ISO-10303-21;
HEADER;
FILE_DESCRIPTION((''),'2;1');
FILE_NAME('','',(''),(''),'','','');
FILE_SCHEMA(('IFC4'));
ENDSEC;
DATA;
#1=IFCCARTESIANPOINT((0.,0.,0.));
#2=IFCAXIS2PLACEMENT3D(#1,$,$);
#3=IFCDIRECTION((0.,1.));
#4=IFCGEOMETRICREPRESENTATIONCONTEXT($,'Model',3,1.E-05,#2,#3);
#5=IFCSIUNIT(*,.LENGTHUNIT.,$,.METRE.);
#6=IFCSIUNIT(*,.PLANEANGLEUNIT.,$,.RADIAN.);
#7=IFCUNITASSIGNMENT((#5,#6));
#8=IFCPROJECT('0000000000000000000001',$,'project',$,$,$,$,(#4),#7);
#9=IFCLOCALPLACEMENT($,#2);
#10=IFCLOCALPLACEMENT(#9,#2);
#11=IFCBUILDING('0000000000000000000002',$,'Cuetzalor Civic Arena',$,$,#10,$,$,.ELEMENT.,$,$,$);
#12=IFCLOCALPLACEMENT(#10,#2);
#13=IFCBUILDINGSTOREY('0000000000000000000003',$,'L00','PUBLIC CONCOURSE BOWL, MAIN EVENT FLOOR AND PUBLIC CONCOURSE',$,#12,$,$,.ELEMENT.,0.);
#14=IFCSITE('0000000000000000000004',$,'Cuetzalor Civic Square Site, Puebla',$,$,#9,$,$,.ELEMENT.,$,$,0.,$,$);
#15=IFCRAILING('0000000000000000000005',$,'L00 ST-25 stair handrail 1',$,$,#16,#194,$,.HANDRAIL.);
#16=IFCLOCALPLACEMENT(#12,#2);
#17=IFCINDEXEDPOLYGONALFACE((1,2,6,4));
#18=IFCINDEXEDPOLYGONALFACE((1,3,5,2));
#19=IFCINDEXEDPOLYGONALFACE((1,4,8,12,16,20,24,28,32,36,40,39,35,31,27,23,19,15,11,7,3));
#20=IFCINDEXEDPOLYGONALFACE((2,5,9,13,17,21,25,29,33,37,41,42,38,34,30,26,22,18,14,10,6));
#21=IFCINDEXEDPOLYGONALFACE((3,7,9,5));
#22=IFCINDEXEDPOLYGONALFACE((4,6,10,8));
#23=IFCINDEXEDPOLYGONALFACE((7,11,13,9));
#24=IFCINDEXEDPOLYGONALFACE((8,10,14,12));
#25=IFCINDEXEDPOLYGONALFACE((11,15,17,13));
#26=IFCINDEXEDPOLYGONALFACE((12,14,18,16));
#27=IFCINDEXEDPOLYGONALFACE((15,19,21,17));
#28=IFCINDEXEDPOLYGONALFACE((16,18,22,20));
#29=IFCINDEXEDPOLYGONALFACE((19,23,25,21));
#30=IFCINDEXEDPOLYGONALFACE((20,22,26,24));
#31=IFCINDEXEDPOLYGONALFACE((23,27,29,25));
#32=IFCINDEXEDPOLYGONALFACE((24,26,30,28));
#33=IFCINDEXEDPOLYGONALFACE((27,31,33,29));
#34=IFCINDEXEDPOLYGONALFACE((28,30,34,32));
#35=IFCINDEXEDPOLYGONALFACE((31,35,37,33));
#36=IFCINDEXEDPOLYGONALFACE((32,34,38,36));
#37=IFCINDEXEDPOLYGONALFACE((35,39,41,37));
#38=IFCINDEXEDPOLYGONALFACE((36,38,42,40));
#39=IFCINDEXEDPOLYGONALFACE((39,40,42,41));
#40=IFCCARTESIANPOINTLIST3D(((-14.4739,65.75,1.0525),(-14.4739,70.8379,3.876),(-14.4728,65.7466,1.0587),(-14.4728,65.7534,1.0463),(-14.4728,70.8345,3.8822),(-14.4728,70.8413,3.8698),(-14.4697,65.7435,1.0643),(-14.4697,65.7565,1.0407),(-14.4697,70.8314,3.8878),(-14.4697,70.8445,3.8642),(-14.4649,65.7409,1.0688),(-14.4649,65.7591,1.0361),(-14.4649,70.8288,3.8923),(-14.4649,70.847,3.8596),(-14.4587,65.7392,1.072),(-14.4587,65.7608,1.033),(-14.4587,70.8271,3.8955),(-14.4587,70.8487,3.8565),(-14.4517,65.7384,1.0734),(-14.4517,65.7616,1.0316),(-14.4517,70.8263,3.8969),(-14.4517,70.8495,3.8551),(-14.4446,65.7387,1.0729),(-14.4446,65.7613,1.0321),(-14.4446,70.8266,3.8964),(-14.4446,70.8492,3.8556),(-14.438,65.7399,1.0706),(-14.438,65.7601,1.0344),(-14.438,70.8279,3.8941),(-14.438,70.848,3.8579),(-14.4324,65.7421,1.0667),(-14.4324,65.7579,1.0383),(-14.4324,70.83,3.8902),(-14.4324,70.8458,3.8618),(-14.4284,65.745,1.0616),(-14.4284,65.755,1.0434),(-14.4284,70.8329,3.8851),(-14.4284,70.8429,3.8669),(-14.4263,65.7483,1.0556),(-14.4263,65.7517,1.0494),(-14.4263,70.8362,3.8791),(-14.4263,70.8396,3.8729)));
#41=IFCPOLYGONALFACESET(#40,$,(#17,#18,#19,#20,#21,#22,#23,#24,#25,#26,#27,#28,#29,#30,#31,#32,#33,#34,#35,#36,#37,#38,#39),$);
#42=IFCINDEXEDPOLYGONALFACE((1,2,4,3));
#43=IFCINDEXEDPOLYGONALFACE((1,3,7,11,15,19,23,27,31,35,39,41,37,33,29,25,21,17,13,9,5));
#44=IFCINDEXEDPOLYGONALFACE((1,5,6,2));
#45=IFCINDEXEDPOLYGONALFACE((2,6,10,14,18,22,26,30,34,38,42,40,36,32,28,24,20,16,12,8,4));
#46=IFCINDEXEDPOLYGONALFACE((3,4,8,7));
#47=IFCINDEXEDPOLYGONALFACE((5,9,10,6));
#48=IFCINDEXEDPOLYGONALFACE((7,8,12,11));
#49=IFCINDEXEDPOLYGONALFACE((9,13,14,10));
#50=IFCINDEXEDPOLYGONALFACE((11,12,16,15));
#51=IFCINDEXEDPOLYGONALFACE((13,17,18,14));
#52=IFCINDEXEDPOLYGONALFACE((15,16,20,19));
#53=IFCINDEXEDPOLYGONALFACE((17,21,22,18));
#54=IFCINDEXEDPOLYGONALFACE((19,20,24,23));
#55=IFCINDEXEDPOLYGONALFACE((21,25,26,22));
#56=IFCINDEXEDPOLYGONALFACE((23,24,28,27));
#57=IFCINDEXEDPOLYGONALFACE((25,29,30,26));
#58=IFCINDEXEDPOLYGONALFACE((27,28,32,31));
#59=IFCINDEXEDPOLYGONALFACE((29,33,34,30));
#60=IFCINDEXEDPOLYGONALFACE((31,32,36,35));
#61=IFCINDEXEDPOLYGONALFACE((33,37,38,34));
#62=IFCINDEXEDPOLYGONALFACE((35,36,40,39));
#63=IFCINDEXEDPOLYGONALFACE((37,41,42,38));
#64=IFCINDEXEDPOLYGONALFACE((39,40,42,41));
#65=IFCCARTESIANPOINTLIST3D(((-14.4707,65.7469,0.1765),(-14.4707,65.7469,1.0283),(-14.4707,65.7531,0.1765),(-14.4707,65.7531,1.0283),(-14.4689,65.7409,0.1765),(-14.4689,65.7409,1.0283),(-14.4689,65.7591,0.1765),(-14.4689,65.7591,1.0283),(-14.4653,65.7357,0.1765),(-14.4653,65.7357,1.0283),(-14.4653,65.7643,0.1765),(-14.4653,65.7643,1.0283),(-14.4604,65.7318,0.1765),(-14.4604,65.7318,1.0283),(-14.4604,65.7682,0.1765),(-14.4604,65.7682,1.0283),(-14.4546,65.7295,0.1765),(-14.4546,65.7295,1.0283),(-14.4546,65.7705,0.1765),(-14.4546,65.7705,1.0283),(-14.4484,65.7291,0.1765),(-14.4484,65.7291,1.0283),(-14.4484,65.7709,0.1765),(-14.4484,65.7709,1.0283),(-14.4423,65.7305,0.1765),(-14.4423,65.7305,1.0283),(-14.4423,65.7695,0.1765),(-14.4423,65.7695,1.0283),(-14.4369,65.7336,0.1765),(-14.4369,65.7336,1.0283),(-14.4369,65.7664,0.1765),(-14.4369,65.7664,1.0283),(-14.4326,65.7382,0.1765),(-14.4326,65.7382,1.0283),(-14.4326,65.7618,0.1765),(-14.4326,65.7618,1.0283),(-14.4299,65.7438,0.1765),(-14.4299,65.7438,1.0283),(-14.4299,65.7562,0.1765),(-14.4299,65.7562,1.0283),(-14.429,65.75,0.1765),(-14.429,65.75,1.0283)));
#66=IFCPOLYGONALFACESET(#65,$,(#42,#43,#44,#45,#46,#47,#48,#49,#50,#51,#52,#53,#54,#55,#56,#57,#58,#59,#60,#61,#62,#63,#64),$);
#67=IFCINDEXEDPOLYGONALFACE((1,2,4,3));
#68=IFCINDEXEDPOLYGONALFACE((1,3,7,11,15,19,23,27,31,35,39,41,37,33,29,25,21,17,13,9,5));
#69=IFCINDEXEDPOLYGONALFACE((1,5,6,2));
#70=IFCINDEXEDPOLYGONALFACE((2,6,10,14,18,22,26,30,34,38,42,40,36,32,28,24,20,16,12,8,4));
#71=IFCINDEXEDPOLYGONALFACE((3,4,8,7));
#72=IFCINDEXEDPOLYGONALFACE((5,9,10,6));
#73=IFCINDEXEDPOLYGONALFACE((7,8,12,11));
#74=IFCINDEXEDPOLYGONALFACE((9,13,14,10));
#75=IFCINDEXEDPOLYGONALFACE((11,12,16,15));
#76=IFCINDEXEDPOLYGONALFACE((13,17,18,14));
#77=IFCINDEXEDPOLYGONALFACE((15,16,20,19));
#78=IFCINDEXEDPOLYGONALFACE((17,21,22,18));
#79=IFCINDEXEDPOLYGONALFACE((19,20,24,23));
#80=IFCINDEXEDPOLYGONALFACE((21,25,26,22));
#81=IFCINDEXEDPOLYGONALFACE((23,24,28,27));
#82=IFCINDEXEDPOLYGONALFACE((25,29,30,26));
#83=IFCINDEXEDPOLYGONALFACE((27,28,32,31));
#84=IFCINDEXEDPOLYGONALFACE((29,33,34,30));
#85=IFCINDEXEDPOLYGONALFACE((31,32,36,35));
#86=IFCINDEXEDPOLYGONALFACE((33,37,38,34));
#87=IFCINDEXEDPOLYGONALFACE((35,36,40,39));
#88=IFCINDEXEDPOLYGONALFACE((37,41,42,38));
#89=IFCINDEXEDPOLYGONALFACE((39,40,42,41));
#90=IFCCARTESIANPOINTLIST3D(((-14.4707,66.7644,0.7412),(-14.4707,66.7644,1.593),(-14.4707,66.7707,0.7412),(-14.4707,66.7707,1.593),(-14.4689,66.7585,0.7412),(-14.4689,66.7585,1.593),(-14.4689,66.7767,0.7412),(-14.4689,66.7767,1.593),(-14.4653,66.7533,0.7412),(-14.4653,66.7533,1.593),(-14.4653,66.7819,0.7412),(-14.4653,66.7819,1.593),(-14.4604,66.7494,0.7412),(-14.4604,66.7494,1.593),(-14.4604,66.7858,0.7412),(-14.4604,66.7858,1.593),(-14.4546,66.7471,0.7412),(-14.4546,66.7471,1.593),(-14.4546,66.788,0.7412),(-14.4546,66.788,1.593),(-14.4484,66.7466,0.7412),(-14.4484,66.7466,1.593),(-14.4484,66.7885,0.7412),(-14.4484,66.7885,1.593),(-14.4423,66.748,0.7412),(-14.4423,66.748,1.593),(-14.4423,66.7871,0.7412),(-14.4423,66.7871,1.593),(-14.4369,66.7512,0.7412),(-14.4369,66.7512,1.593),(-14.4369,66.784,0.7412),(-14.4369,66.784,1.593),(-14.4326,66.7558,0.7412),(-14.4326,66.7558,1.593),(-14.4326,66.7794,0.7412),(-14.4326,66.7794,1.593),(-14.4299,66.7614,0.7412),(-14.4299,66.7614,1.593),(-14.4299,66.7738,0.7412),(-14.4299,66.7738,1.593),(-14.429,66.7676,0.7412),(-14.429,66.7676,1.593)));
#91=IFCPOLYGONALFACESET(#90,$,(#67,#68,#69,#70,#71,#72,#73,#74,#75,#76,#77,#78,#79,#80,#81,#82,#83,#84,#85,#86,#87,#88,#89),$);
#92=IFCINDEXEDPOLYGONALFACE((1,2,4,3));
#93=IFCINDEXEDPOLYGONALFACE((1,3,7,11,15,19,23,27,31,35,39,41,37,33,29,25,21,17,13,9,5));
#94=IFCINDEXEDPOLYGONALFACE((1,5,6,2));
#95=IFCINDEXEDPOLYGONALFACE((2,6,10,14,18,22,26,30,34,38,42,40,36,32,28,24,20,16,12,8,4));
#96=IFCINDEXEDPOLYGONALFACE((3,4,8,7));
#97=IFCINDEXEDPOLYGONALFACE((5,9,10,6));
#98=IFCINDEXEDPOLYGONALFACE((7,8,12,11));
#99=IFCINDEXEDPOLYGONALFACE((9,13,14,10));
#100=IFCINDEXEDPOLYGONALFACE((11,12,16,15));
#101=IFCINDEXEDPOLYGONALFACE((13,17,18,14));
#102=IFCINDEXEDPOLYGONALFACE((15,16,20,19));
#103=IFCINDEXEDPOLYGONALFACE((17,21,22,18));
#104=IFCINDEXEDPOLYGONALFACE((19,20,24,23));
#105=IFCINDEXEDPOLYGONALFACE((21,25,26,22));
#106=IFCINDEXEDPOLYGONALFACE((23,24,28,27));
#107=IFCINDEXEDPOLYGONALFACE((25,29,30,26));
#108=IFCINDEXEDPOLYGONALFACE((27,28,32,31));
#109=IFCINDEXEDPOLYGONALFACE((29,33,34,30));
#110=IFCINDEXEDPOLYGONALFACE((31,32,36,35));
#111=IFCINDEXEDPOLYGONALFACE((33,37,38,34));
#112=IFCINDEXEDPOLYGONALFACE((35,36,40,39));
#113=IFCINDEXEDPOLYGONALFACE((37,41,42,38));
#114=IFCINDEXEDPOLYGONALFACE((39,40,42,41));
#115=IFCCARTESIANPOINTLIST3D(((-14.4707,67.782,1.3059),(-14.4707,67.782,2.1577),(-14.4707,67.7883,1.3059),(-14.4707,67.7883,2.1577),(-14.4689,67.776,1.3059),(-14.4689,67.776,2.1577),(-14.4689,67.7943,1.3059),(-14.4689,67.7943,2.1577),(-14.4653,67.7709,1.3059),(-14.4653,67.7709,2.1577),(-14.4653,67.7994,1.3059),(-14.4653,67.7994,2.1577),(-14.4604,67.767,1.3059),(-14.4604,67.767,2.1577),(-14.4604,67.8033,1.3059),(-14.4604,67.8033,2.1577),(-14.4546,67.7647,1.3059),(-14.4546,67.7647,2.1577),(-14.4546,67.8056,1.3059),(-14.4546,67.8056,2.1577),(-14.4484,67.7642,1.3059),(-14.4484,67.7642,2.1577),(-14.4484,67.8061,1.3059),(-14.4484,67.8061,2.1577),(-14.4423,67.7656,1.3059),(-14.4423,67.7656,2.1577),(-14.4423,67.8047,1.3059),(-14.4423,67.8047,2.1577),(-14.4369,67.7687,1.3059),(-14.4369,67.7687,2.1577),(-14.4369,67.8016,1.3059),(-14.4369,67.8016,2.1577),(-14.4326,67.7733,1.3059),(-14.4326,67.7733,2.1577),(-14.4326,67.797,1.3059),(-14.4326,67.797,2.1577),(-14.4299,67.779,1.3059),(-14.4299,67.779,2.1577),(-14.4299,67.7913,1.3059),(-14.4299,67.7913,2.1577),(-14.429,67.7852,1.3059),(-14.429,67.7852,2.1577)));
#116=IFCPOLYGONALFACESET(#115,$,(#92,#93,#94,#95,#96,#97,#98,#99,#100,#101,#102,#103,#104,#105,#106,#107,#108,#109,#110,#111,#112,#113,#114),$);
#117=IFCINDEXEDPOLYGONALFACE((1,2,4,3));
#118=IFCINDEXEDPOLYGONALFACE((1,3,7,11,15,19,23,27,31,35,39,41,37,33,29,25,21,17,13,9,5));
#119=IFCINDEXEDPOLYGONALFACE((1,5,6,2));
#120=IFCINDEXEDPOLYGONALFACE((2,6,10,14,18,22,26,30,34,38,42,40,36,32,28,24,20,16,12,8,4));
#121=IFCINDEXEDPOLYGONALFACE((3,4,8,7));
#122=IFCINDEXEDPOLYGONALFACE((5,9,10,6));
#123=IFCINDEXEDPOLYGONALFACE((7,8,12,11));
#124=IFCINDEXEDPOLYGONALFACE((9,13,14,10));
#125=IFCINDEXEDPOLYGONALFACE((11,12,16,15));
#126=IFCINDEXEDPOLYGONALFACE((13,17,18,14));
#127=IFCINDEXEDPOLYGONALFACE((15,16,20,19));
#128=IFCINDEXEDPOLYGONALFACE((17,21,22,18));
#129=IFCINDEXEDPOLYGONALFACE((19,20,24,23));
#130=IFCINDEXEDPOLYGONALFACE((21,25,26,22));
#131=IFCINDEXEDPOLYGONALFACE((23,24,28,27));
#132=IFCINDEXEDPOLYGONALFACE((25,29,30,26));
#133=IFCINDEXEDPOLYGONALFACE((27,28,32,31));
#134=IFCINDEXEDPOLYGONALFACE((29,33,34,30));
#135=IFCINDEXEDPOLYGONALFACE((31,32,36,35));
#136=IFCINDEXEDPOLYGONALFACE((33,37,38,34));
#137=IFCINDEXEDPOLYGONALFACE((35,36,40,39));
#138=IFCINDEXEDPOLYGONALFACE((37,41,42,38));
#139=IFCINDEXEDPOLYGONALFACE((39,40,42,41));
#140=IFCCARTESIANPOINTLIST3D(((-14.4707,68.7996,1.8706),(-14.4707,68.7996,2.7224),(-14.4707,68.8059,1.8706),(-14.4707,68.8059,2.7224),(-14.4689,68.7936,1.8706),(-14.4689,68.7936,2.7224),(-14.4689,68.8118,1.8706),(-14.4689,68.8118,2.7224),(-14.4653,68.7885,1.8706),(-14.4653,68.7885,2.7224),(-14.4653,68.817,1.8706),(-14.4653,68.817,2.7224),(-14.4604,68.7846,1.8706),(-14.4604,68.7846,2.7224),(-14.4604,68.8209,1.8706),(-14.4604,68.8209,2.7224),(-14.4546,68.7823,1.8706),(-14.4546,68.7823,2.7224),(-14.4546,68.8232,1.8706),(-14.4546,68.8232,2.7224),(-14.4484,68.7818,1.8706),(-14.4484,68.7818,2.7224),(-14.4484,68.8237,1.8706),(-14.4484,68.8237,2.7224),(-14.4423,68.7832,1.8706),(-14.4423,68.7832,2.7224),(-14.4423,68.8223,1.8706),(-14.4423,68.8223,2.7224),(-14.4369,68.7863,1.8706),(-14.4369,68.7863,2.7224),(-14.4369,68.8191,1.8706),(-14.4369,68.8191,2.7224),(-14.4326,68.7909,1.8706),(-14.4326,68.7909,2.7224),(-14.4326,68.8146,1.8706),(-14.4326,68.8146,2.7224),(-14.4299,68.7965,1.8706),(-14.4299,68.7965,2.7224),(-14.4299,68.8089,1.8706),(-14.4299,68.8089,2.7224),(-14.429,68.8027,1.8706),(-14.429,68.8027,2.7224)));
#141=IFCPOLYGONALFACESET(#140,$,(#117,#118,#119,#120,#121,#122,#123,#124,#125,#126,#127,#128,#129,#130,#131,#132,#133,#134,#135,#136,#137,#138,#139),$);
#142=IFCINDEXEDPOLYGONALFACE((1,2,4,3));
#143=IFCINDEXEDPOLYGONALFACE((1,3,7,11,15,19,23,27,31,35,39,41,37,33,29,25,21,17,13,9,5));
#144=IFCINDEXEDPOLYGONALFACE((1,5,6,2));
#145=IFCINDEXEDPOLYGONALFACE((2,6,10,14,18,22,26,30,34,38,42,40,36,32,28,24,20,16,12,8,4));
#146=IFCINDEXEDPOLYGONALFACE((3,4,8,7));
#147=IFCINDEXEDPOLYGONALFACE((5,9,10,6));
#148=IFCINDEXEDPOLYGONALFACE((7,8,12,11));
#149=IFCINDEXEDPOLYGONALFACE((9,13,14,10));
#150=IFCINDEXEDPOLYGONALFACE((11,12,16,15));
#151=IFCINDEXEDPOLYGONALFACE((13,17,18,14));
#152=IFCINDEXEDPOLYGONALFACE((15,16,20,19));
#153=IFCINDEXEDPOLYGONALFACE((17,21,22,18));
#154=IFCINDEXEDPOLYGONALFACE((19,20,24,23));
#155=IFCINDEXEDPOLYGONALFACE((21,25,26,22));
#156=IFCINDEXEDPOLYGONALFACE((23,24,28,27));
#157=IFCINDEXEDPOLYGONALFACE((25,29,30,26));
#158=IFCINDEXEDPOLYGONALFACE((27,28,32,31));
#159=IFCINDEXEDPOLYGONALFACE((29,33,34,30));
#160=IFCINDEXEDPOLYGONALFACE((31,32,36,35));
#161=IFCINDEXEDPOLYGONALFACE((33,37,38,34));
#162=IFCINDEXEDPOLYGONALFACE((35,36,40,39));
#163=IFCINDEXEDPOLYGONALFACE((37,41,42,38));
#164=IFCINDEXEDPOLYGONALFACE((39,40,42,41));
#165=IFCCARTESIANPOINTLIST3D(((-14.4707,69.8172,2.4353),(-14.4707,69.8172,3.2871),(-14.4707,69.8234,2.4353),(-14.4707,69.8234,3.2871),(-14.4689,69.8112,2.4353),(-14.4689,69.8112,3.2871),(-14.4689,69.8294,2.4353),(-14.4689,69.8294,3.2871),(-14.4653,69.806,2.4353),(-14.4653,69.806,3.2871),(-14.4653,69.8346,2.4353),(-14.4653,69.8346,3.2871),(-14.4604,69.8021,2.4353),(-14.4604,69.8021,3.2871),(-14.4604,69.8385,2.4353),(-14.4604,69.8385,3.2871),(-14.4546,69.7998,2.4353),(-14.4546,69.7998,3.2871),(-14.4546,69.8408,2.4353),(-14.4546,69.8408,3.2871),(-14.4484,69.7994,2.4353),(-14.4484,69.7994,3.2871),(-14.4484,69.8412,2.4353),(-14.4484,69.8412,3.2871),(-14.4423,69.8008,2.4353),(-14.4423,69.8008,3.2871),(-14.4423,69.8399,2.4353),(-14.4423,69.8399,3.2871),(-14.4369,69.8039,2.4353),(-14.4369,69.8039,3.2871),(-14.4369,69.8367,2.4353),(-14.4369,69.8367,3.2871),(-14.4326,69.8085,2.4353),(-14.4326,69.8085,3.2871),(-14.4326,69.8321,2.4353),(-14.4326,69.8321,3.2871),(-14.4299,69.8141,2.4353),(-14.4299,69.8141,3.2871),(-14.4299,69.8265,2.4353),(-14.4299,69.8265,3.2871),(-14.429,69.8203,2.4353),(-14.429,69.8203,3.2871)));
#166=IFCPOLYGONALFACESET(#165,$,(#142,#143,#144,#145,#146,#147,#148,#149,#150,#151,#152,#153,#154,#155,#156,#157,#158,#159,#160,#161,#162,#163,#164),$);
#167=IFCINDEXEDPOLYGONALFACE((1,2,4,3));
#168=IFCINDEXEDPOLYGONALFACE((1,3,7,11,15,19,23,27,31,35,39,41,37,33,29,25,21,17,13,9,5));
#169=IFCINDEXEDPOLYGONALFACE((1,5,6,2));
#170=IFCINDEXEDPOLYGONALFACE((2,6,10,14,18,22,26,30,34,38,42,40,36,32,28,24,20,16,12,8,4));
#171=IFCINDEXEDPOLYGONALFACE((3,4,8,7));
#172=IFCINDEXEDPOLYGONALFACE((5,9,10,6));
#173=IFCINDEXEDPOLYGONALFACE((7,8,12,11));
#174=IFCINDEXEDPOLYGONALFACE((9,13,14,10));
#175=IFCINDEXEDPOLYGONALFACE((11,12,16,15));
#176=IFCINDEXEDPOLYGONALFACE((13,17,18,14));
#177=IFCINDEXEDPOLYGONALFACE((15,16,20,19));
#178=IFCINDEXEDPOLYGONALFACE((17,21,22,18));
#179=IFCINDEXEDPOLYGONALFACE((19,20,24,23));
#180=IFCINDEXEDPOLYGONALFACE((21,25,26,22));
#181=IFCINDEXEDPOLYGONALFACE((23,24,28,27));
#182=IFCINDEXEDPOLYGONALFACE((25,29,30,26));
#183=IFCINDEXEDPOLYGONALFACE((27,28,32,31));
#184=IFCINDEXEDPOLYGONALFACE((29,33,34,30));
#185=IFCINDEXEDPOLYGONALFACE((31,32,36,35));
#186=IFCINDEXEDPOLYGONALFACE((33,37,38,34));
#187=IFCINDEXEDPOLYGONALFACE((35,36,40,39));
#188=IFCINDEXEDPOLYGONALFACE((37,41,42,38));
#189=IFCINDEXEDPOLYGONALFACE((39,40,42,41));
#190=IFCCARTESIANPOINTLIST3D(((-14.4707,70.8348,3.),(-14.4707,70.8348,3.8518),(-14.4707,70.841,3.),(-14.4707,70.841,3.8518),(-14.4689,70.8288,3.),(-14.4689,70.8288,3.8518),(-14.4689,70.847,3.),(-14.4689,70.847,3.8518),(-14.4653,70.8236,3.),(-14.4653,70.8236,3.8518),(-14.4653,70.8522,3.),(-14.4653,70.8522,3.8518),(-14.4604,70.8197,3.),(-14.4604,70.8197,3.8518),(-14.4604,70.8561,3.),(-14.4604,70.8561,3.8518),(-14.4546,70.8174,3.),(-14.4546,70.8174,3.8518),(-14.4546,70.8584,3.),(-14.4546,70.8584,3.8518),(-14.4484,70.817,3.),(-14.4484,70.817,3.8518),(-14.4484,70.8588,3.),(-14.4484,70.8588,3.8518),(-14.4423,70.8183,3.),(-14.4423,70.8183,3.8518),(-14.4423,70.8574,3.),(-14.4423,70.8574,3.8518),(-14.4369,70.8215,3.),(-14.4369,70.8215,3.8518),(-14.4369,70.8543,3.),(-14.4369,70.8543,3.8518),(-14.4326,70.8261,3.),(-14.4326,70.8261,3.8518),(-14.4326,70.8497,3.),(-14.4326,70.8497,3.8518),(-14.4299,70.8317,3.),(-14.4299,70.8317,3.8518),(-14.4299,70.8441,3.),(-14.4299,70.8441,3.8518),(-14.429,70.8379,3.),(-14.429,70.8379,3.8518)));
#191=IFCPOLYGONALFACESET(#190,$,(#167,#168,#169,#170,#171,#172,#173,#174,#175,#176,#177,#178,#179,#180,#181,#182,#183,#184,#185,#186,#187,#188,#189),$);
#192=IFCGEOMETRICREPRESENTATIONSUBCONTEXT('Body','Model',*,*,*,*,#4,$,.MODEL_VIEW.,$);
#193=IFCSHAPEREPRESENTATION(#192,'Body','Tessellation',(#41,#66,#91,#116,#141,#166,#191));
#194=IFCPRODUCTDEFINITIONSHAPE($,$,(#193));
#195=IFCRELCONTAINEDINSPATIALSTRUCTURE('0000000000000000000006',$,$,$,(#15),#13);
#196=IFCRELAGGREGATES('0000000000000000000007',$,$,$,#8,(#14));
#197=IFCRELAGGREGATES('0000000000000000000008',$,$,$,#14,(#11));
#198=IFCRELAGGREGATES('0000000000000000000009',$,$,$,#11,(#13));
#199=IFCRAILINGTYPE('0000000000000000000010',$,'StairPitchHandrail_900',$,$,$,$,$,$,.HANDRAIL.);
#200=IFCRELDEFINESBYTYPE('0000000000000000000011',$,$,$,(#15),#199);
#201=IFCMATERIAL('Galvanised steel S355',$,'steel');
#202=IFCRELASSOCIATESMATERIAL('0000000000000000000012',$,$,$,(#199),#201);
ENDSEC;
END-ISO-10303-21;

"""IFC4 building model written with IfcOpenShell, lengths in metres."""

from ifc_helpers import new_model, si_unit, direction, frame, origin, origin_2d, place, context, subcontext, project, spatial, circle, extrude, material, type_object, element, save


model = new_model("IFC4")

# Units and contexts
model_context = context("Model", 3, precision=1e-05, world=origin(), true_north=direction((0.0, 1.0)))
body_context = subcontext(model_context, "Body", "Model", "MODEL_VIEW")
ifc_project = project(units=[si_unit("LENGTHUNIT", "METRE"), si_unit("PLANEANGLEUNIT", "RADIAN")], contexts=[model_context])

# Site, building, storey
site_placement = place(None, origin())
site = spatial("IfcSite", under=ifc_project, at=site_placement, Name="Cuetzalor Civic Square Site, Puebla", CompositionType="ELEMENT", RefElevation=0.0)
building_placement = place(site_placement, origin())
building = spatial("IfcBuilding", under=site, at=building_placement, Name="Cuetzalor Civic Arena", CompositionType="ELEMENT")
storey_placement = place(building_placement, origin())
storey = spatial("IfcBuildingStorey", under=building, at=storey_placement, Name="L00", Description="PUBLIC CONCOURSE BOWL, MAIN EVENT FLOOR AND PUBLIC CONCOURSE", CompositionType="ELEMENT", Elevation=0.0)

# Railing
ifc_material_1 = material(Name="Galvanised steel S355", Category="steel")
railing_type_1 = type_object("IfcRailingType", Name="StairPitchHandrail_900", PredefinedType="HANDRAIL", material=ifc_material_1)
railing_1_placement = place(storey_placement, frame((-14.45, 65.75, 0.1765)))
element("IfcRailing", 1, at=railing_1_placement, inside=storey, type_object=railing_type_1, Name="L00 ST-25 stair handrail 1", PredefinedType="HANDRAIL", context=body_context, shape_type="SweptSolid", body=[
    extrude(circle(Radius=0.0239, at=origin_2d()), frame((0.0, 0.0, 0.876), z_axis=(0.0, 0.874385, 0.485233), x_axis=(-1.0, 0.0, 0.0)), (0.0, 0.0, 1.0), 5.8188),
    extrude(circle(Radius=0.021, at=origin_2d()), origin(), (0.0, 0.0, 1.0), 0.8518),
    extrude(circle(Radius=0.021, at=origin_2d()), frame((0.0, 1.0176, 0.5647)), (0.0, 0.0, 1.0), 0.8518),
    extrude(circle(Radius=0.021, at=origin_2d()), frame((0.0, 2.0352, 1.1294)), (0.0, 0.0, 1.0), 0.8518),
    extrude(circle(Radius=0.021, at=origin_2d()), frame((0.0, 3.0527, 1.6941)), (0.0, 0.0, 1.0), 0.8518),
    extrude(circle(Radius=0.021, at=origin_2d()), frame((0.0, 4.0703, 2.2588)), (0.0, 0.0, 1.0), 0.8518),
    extrude(circle(Radius=0.021, at=origin_2d()), frame((0.0, 5.0879, 2.8235)), (0.0, 0.0, 1.0), 0.8518),
])

save(model, "model.ifc")
